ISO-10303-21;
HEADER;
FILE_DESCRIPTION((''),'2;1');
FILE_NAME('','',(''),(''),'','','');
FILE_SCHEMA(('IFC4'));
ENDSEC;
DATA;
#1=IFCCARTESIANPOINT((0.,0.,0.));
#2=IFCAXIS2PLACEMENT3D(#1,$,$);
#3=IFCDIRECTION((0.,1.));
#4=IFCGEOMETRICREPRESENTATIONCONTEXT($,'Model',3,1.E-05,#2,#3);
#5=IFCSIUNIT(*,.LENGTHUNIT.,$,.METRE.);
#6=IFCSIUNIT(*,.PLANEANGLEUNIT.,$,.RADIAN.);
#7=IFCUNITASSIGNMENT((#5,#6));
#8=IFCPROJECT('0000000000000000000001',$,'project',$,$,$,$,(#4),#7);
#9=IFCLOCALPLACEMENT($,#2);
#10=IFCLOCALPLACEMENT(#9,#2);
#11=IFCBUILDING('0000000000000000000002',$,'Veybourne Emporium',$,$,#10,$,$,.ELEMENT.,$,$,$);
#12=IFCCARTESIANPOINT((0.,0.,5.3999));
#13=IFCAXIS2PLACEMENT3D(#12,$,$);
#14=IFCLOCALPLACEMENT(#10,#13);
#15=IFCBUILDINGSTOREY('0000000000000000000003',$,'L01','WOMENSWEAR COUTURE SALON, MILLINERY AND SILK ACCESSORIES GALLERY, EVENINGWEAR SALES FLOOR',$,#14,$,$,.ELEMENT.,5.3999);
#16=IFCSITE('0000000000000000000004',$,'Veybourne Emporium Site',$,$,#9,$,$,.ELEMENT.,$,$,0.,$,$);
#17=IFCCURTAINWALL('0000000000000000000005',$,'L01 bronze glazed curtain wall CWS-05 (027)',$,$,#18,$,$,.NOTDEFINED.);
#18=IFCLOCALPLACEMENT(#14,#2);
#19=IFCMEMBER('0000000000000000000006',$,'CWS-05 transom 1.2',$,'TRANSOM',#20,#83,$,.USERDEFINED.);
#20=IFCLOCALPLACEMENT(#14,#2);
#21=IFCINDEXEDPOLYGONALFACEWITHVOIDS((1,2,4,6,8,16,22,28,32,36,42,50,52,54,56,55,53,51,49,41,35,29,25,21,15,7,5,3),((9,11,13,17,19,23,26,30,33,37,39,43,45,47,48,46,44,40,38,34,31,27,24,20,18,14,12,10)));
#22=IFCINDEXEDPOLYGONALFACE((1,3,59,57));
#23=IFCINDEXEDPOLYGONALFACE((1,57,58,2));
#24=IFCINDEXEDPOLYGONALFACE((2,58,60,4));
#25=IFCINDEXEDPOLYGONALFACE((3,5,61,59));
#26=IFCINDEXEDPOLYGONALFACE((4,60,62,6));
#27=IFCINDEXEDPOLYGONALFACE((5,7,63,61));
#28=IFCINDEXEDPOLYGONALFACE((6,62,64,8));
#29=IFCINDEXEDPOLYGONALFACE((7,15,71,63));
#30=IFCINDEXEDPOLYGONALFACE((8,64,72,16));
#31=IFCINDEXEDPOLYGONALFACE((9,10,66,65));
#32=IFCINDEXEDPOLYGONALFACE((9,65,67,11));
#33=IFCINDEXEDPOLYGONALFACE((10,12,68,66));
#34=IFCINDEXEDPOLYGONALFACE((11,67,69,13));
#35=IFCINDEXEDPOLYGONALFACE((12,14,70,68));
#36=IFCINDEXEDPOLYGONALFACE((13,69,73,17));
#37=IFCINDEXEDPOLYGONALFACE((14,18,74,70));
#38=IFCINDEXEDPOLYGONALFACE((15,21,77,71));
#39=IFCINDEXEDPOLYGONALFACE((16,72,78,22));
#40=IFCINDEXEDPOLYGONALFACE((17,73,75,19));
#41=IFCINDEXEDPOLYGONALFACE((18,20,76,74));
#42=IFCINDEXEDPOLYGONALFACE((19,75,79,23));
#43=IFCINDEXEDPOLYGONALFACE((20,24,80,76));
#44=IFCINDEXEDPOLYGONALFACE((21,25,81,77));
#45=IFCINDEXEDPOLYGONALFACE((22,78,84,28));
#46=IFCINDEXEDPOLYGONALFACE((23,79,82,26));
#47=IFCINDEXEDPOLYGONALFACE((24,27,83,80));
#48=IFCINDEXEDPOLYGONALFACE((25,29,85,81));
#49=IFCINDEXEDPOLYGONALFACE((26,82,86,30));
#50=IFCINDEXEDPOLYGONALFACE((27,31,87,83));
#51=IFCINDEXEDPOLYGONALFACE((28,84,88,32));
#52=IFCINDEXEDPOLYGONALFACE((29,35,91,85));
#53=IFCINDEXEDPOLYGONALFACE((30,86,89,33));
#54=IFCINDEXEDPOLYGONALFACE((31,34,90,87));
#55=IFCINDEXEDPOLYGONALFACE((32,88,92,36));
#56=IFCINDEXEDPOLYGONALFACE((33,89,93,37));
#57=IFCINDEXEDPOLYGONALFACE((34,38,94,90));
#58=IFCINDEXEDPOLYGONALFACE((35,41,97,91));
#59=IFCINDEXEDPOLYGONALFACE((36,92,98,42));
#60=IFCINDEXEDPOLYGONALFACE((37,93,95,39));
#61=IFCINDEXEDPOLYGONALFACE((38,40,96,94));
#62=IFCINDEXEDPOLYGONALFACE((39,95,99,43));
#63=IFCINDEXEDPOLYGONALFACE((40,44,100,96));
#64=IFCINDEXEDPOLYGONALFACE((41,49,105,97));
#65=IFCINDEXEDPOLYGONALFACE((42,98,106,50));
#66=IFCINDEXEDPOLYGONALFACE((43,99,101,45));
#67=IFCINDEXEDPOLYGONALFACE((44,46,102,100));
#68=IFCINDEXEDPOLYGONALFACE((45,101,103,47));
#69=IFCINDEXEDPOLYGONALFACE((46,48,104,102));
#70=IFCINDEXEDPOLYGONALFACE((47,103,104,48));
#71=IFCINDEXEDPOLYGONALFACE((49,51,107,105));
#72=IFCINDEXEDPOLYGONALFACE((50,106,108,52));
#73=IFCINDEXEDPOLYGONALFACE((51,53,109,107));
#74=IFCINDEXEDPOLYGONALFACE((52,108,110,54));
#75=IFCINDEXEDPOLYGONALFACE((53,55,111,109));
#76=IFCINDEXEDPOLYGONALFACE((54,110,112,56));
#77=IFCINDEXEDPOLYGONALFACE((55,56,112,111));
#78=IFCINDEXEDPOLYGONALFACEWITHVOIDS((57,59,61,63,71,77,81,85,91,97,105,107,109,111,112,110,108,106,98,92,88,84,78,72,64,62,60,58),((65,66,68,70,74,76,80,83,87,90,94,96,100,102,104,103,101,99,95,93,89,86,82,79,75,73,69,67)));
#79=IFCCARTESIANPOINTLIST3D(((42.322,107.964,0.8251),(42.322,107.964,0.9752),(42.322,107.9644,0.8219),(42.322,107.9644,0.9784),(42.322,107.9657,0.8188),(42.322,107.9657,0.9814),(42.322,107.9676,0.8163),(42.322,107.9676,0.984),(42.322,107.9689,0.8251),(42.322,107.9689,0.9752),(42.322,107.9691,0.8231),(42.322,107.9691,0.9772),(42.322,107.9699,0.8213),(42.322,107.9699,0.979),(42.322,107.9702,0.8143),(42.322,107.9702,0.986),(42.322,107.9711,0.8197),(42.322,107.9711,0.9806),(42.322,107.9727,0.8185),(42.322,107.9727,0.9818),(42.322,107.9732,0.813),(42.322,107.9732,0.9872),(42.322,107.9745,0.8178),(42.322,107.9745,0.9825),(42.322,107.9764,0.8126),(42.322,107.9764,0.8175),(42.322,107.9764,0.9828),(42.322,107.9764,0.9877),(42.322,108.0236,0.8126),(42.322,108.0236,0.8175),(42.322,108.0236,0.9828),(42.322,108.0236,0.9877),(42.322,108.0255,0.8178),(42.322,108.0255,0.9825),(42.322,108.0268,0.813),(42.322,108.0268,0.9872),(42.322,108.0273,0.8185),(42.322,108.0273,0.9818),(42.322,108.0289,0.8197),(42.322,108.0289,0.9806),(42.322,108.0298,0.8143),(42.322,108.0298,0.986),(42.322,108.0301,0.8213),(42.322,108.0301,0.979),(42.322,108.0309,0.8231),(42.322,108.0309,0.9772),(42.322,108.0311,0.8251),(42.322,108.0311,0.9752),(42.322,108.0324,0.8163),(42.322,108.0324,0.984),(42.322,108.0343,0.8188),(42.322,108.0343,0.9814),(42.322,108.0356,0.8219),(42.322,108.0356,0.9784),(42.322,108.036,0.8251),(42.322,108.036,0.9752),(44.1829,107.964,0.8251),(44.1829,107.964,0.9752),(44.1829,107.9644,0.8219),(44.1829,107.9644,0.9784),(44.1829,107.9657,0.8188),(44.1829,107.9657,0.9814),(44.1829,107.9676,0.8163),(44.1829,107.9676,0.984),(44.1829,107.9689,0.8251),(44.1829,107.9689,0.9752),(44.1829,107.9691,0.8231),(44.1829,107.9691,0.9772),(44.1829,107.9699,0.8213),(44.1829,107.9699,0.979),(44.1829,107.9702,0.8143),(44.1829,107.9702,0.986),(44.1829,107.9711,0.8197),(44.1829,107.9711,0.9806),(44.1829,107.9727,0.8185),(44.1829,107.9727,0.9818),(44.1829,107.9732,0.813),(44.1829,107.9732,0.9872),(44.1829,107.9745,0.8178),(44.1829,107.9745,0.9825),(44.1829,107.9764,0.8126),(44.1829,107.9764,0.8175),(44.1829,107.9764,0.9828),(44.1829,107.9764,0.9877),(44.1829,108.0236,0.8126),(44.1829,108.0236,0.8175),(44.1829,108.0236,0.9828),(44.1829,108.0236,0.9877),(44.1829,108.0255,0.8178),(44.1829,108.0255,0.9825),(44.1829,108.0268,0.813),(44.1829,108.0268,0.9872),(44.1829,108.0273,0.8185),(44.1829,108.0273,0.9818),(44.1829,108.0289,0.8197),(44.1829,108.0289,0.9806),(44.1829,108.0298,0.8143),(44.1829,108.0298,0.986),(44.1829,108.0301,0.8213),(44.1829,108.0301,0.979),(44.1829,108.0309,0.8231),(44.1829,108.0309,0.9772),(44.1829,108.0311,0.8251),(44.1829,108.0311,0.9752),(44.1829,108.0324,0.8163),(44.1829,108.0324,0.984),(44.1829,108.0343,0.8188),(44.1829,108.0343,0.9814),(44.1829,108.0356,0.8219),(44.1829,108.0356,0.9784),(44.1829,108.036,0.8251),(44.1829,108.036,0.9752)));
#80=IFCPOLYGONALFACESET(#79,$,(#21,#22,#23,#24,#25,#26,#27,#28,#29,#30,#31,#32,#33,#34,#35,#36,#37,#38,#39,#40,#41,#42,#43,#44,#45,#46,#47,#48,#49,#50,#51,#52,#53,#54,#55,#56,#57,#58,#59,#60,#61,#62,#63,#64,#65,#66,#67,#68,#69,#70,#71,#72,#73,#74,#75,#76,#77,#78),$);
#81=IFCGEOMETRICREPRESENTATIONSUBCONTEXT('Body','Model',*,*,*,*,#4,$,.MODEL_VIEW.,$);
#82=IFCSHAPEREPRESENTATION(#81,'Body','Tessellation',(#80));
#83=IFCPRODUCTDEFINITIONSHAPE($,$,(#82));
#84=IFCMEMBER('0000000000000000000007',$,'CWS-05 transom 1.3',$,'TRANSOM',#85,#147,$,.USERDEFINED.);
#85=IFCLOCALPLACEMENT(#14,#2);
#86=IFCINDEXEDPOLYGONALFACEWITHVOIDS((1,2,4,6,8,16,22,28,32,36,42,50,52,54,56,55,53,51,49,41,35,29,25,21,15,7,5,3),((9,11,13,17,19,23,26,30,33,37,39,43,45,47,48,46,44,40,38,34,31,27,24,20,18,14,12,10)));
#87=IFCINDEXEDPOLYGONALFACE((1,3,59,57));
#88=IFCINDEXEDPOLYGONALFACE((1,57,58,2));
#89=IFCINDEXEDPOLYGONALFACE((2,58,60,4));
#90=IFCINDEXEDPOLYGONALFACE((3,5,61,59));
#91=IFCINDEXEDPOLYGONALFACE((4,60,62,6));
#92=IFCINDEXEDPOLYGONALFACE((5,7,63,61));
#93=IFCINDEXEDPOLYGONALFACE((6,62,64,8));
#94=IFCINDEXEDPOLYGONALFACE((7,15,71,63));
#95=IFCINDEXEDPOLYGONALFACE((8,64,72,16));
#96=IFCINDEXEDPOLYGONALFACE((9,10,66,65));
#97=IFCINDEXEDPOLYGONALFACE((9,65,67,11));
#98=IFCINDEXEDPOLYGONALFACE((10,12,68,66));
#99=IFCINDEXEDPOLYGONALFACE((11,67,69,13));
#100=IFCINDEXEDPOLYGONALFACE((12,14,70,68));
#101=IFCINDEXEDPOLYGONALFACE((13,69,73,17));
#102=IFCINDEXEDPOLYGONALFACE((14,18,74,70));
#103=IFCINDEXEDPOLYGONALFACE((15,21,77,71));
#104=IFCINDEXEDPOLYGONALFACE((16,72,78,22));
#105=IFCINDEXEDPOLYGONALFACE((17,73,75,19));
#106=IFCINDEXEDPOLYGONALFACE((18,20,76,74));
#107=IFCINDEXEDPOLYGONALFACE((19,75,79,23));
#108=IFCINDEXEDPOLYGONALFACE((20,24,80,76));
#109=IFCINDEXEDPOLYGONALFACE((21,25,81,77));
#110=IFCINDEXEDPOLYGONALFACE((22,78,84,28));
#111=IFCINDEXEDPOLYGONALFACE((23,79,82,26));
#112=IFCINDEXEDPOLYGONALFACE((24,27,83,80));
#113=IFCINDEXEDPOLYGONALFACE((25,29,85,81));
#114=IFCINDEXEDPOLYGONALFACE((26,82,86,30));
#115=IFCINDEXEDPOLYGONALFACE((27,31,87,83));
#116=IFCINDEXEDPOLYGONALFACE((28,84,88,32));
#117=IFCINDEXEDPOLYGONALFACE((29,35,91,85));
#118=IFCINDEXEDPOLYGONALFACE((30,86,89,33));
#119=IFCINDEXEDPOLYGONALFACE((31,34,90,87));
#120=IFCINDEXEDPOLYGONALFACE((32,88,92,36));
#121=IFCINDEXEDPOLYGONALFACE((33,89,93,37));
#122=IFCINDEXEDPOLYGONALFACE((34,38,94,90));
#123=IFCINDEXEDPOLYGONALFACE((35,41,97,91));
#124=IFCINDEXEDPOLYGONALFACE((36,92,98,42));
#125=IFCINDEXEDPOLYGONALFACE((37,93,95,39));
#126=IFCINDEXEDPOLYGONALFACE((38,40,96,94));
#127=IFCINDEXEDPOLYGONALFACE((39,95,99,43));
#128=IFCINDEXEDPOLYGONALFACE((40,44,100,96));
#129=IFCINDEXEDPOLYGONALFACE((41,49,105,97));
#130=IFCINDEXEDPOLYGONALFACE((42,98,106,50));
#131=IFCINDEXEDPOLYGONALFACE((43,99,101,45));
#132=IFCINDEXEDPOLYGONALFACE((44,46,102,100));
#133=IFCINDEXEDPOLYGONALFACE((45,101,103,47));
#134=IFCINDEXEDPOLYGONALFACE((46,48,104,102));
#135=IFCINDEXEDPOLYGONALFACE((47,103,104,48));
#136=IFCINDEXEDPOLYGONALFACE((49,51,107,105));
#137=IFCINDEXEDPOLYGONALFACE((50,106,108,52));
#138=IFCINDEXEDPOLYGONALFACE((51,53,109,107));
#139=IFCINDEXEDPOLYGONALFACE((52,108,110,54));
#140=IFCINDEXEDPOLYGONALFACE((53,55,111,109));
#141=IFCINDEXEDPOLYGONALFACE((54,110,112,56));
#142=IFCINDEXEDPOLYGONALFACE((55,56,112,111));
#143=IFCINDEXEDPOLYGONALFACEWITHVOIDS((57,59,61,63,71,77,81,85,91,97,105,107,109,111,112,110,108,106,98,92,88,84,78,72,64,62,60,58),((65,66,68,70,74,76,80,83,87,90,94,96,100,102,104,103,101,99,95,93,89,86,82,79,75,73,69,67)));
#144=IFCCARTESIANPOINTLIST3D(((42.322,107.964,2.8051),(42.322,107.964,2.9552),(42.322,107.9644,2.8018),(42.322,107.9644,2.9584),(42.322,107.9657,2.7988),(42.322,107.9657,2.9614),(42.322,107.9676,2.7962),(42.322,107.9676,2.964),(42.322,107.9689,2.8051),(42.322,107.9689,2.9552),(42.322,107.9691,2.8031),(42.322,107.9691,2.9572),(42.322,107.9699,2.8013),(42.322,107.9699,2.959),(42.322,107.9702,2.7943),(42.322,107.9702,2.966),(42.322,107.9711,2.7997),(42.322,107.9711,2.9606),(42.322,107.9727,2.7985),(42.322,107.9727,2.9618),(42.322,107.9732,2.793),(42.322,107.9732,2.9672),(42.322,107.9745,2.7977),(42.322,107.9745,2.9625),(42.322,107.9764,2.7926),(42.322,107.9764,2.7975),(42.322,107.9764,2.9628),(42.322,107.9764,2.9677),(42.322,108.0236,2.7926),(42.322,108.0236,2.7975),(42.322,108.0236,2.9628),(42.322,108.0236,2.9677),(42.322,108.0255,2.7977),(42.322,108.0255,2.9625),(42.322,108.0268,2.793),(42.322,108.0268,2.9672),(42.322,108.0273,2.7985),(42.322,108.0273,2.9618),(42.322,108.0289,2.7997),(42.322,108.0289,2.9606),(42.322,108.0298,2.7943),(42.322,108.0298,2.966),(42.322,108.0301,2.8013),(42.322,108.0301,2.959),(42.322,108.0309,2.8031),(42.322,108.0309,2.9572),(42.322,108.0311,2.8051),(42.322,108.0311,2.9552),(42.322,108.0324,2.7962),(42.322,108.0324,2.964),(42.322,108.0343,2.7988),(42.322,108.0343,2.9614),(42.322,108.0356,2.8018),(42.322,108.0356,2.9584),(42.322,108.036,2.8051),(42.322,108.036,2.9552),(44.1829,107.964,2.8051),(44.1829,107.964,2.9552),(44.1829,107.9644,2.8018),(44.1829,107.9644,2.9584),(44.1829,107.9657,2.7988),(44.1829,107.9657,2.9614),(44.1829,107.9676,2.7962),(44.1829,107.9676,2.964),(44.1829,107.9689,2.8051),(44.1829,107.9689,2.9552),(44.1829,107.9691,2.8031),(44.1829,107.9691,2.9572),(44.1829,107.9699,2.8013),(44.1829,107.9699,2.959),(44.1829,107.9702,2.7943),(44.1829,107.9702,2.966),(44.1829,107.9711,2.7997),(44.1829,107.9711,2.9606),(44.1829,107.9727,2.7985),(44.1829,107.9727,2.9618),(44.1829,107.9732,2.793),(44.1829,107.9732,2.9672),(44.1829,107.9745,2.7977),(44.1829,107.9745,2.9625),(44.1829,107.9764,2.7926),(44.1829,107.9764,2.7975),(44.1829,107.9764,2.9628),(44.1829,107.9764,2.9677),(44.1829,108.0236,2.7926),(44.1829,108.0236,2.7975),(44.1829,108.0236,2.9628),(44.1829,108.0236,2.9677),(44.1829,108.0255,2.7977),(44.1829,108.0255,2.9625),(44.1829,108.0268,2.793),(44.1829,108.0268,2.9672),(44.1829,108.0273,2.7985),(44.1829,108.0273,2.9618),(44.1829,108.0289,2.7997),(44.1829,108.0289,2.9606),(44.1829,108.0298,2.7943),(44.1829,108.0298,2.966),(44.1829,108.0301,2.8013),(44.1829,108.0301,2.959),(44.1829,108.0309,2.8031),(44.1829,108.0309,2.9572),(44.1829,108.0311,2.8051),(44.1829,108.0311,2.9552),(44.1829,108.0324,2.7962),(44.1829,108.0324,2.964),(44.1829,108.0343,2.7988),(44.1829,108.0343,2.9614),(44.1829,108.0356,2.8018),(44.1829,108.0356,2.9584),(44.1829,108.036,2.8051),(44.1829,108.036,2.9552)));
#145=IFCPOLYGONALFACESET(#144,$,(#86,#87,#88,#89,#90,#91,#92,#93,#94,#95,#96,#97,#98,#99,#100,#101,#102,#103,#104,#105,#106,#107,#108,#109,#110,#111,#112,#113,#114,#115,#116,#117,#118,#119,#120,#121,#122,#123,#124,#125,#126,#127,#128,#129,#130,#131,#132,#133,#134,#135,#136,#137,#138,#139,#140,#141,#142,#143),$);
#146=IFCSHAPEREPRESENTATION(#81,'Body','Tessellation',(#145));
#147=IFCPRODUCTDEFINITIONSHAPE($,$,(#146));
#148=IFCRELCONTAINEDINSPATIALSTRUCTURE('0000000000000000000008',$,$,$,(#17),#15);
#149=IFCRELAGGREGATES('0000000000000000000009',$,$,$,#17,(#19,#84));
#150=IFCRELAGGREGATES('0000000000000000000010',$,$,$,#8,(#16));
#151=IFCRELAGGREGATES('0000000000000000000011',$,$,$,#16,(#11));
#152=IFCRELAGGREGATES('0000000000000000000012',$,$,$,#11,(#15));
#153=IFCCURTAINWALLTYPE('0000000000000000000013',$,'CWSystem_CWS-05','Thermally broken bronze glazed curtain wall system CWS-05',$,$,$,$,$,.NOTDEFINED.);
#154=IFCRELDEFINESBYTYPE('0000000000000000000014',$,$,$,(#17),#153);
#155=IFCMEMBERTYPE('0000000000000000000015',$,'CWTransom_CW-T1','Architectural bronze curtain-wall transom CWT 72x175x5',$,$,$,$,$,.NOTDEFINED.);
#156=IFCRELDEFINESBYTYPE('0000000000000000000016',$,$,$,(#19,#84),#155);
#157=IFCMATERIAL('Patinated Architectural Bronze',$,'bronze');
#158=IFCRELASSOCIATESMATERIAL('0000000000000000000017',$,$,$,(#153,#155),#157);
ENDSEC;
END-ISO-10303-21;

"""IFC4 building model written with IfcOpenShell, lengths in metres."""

from ifc_helpers import new_model, si_unit, direction, frame, origin, origin_2d, place, context, subcontext, project, spatial, hollow_rectangle, extrude, material, material_profile, profile_set, type_object, element, aggregate, save


model = new_model("IFC4")

# Units and contexts
model_context = context("Model", 3, precision=1e-05, world=origin(), true_north=direction((0.0, 1.0)))
body_context = subcontext(model_context, "Body", "Model", "MODEL_VIEW")
ifc_project = project(units=[si_unit("LENGTHUNIT", "METRE"), si_unit("PLANEANGLEUNIT", "RADIAN")], contexts=[model_context])

# Site, building, storey
site_placement = place(None, origin())
site = spatial("IfcSite", under=ifc_project, at=site_placement, Name="Veybourne Emporium Site", CompositionType="ELEMENT", RefElevation=0.0)
building_placement = place(site_placement, origin())
building = spatial("IfcBuilding", under=site, at=building_placement, Name="Veybourne Emporium", CompositionType="ELEMENT")
storey_placement = place(building_placement, frame((0.0, 0.0, 5.3999)))
storey = spatial("IfcBuildingStorey", under=building, at=storey_placement, Name="L01", Description="WOMENSWEAR COUTURE SALON, MILLINERY AND SILK ACCESSORIES GALLERY, EVENINGWEAR SALES FLOOR", CompositionType="ELEMENT", Elevation=5.3999)

# Curtain wall
ifc_material_1 = material(Name="Patinated Architectural Bronze", Category="bronze")
curtain_wall_type_1 = type_object("IfcCurtainWallType", Name="CWSystem_CWS-05", Description="Thermally broken bronze glazed curtain wall system CWS-05", PredefinedType="NOTDEFINED", material=ifc_material_1)
curtain_wall_1_placement = place(storey_placement, origin())
curtain_wall_1 = element("IfcCurtainWall", 1, at=curtain_wall_1_placement, inside=storey, type_object=curtain_wall_type_1, Name="L01 bronze glazed curtain wall CWS-05 (027)", PredefinedType="NOTDEFINED")

# Members
ifc_material_profile_1 = material_profile(ifc_material_1, hollow_rectangle(XDim=0.072, YDim=0.175, WallThickness=0.0049, InnerFilletRadius=0.0076, OuterFilletRadius=0.0125, at=origin_2d()), Name="CWT 72x175x5")
ifc_profile_set_1 = profile_set([ifc_material_profile_1], Name="Patinated Architectural Bronze")
member_type_1 = type_object("IfcMemberType", Name="CWTransom_CW-T1", Description="Architectural bronze curtain-wall transom CWT 72x175x5", PredefinedType="NOTDEFINED", material=ifc_profile_set_1)
member_1_placement = place(storey_placement, frame((42.322, 108.0, 0.9001), z_axis=(1.0, 0.0, 0.0), x_axis=(0.0, 1.0, 0.0)))
member_1 = element("IfcMember", 2, at=member_1_placement, type_object=member_type_1, Name="CWS-05 transom 1.2", ObjectType="TRANSOM", PredefinedType="USERDEFINED", context=body_context, shape_type="SweptSolid", body=[
    extrude(hollow_rectangle(XDim=0.072, YDim=0.175, WallThickness=0.0049, InnerFilletRadius=0.0076, OuterFilletRadius=0.0125, at=origin_2d()), origin(), (0.0, 0.0, 1.0), 1.8608),
])
member_2_placement = place(storey_placement, frame((42.322, 108.0, 2.8801), z_axis=(1.0, 0.0, 0.0), x_axis=(0.0, 1.0, 0.0)))
member_2 = element("IfcMember", 3, at=member_2_placement, type_object=member_type_1, Name="CWS-05 transom 1.3", ObjectType="TRANSOM", PredefinedType="USERDEFINED", context=body_context, shape_type="SweptSolid", body=[
    extrude(hollow_rectangle(XDim=0.072, YDim=0.175, WallThickness=0.0049, InnerFilletRadius=0.0076, OuterFilletRadius=0.0125, at=origin_2d()), origin(), (0.0, 0.0, 1.0), 1.8608),
])
aggregate(curtain_wall_1, [member_1, member_2])

save(model, "model.ifc")
